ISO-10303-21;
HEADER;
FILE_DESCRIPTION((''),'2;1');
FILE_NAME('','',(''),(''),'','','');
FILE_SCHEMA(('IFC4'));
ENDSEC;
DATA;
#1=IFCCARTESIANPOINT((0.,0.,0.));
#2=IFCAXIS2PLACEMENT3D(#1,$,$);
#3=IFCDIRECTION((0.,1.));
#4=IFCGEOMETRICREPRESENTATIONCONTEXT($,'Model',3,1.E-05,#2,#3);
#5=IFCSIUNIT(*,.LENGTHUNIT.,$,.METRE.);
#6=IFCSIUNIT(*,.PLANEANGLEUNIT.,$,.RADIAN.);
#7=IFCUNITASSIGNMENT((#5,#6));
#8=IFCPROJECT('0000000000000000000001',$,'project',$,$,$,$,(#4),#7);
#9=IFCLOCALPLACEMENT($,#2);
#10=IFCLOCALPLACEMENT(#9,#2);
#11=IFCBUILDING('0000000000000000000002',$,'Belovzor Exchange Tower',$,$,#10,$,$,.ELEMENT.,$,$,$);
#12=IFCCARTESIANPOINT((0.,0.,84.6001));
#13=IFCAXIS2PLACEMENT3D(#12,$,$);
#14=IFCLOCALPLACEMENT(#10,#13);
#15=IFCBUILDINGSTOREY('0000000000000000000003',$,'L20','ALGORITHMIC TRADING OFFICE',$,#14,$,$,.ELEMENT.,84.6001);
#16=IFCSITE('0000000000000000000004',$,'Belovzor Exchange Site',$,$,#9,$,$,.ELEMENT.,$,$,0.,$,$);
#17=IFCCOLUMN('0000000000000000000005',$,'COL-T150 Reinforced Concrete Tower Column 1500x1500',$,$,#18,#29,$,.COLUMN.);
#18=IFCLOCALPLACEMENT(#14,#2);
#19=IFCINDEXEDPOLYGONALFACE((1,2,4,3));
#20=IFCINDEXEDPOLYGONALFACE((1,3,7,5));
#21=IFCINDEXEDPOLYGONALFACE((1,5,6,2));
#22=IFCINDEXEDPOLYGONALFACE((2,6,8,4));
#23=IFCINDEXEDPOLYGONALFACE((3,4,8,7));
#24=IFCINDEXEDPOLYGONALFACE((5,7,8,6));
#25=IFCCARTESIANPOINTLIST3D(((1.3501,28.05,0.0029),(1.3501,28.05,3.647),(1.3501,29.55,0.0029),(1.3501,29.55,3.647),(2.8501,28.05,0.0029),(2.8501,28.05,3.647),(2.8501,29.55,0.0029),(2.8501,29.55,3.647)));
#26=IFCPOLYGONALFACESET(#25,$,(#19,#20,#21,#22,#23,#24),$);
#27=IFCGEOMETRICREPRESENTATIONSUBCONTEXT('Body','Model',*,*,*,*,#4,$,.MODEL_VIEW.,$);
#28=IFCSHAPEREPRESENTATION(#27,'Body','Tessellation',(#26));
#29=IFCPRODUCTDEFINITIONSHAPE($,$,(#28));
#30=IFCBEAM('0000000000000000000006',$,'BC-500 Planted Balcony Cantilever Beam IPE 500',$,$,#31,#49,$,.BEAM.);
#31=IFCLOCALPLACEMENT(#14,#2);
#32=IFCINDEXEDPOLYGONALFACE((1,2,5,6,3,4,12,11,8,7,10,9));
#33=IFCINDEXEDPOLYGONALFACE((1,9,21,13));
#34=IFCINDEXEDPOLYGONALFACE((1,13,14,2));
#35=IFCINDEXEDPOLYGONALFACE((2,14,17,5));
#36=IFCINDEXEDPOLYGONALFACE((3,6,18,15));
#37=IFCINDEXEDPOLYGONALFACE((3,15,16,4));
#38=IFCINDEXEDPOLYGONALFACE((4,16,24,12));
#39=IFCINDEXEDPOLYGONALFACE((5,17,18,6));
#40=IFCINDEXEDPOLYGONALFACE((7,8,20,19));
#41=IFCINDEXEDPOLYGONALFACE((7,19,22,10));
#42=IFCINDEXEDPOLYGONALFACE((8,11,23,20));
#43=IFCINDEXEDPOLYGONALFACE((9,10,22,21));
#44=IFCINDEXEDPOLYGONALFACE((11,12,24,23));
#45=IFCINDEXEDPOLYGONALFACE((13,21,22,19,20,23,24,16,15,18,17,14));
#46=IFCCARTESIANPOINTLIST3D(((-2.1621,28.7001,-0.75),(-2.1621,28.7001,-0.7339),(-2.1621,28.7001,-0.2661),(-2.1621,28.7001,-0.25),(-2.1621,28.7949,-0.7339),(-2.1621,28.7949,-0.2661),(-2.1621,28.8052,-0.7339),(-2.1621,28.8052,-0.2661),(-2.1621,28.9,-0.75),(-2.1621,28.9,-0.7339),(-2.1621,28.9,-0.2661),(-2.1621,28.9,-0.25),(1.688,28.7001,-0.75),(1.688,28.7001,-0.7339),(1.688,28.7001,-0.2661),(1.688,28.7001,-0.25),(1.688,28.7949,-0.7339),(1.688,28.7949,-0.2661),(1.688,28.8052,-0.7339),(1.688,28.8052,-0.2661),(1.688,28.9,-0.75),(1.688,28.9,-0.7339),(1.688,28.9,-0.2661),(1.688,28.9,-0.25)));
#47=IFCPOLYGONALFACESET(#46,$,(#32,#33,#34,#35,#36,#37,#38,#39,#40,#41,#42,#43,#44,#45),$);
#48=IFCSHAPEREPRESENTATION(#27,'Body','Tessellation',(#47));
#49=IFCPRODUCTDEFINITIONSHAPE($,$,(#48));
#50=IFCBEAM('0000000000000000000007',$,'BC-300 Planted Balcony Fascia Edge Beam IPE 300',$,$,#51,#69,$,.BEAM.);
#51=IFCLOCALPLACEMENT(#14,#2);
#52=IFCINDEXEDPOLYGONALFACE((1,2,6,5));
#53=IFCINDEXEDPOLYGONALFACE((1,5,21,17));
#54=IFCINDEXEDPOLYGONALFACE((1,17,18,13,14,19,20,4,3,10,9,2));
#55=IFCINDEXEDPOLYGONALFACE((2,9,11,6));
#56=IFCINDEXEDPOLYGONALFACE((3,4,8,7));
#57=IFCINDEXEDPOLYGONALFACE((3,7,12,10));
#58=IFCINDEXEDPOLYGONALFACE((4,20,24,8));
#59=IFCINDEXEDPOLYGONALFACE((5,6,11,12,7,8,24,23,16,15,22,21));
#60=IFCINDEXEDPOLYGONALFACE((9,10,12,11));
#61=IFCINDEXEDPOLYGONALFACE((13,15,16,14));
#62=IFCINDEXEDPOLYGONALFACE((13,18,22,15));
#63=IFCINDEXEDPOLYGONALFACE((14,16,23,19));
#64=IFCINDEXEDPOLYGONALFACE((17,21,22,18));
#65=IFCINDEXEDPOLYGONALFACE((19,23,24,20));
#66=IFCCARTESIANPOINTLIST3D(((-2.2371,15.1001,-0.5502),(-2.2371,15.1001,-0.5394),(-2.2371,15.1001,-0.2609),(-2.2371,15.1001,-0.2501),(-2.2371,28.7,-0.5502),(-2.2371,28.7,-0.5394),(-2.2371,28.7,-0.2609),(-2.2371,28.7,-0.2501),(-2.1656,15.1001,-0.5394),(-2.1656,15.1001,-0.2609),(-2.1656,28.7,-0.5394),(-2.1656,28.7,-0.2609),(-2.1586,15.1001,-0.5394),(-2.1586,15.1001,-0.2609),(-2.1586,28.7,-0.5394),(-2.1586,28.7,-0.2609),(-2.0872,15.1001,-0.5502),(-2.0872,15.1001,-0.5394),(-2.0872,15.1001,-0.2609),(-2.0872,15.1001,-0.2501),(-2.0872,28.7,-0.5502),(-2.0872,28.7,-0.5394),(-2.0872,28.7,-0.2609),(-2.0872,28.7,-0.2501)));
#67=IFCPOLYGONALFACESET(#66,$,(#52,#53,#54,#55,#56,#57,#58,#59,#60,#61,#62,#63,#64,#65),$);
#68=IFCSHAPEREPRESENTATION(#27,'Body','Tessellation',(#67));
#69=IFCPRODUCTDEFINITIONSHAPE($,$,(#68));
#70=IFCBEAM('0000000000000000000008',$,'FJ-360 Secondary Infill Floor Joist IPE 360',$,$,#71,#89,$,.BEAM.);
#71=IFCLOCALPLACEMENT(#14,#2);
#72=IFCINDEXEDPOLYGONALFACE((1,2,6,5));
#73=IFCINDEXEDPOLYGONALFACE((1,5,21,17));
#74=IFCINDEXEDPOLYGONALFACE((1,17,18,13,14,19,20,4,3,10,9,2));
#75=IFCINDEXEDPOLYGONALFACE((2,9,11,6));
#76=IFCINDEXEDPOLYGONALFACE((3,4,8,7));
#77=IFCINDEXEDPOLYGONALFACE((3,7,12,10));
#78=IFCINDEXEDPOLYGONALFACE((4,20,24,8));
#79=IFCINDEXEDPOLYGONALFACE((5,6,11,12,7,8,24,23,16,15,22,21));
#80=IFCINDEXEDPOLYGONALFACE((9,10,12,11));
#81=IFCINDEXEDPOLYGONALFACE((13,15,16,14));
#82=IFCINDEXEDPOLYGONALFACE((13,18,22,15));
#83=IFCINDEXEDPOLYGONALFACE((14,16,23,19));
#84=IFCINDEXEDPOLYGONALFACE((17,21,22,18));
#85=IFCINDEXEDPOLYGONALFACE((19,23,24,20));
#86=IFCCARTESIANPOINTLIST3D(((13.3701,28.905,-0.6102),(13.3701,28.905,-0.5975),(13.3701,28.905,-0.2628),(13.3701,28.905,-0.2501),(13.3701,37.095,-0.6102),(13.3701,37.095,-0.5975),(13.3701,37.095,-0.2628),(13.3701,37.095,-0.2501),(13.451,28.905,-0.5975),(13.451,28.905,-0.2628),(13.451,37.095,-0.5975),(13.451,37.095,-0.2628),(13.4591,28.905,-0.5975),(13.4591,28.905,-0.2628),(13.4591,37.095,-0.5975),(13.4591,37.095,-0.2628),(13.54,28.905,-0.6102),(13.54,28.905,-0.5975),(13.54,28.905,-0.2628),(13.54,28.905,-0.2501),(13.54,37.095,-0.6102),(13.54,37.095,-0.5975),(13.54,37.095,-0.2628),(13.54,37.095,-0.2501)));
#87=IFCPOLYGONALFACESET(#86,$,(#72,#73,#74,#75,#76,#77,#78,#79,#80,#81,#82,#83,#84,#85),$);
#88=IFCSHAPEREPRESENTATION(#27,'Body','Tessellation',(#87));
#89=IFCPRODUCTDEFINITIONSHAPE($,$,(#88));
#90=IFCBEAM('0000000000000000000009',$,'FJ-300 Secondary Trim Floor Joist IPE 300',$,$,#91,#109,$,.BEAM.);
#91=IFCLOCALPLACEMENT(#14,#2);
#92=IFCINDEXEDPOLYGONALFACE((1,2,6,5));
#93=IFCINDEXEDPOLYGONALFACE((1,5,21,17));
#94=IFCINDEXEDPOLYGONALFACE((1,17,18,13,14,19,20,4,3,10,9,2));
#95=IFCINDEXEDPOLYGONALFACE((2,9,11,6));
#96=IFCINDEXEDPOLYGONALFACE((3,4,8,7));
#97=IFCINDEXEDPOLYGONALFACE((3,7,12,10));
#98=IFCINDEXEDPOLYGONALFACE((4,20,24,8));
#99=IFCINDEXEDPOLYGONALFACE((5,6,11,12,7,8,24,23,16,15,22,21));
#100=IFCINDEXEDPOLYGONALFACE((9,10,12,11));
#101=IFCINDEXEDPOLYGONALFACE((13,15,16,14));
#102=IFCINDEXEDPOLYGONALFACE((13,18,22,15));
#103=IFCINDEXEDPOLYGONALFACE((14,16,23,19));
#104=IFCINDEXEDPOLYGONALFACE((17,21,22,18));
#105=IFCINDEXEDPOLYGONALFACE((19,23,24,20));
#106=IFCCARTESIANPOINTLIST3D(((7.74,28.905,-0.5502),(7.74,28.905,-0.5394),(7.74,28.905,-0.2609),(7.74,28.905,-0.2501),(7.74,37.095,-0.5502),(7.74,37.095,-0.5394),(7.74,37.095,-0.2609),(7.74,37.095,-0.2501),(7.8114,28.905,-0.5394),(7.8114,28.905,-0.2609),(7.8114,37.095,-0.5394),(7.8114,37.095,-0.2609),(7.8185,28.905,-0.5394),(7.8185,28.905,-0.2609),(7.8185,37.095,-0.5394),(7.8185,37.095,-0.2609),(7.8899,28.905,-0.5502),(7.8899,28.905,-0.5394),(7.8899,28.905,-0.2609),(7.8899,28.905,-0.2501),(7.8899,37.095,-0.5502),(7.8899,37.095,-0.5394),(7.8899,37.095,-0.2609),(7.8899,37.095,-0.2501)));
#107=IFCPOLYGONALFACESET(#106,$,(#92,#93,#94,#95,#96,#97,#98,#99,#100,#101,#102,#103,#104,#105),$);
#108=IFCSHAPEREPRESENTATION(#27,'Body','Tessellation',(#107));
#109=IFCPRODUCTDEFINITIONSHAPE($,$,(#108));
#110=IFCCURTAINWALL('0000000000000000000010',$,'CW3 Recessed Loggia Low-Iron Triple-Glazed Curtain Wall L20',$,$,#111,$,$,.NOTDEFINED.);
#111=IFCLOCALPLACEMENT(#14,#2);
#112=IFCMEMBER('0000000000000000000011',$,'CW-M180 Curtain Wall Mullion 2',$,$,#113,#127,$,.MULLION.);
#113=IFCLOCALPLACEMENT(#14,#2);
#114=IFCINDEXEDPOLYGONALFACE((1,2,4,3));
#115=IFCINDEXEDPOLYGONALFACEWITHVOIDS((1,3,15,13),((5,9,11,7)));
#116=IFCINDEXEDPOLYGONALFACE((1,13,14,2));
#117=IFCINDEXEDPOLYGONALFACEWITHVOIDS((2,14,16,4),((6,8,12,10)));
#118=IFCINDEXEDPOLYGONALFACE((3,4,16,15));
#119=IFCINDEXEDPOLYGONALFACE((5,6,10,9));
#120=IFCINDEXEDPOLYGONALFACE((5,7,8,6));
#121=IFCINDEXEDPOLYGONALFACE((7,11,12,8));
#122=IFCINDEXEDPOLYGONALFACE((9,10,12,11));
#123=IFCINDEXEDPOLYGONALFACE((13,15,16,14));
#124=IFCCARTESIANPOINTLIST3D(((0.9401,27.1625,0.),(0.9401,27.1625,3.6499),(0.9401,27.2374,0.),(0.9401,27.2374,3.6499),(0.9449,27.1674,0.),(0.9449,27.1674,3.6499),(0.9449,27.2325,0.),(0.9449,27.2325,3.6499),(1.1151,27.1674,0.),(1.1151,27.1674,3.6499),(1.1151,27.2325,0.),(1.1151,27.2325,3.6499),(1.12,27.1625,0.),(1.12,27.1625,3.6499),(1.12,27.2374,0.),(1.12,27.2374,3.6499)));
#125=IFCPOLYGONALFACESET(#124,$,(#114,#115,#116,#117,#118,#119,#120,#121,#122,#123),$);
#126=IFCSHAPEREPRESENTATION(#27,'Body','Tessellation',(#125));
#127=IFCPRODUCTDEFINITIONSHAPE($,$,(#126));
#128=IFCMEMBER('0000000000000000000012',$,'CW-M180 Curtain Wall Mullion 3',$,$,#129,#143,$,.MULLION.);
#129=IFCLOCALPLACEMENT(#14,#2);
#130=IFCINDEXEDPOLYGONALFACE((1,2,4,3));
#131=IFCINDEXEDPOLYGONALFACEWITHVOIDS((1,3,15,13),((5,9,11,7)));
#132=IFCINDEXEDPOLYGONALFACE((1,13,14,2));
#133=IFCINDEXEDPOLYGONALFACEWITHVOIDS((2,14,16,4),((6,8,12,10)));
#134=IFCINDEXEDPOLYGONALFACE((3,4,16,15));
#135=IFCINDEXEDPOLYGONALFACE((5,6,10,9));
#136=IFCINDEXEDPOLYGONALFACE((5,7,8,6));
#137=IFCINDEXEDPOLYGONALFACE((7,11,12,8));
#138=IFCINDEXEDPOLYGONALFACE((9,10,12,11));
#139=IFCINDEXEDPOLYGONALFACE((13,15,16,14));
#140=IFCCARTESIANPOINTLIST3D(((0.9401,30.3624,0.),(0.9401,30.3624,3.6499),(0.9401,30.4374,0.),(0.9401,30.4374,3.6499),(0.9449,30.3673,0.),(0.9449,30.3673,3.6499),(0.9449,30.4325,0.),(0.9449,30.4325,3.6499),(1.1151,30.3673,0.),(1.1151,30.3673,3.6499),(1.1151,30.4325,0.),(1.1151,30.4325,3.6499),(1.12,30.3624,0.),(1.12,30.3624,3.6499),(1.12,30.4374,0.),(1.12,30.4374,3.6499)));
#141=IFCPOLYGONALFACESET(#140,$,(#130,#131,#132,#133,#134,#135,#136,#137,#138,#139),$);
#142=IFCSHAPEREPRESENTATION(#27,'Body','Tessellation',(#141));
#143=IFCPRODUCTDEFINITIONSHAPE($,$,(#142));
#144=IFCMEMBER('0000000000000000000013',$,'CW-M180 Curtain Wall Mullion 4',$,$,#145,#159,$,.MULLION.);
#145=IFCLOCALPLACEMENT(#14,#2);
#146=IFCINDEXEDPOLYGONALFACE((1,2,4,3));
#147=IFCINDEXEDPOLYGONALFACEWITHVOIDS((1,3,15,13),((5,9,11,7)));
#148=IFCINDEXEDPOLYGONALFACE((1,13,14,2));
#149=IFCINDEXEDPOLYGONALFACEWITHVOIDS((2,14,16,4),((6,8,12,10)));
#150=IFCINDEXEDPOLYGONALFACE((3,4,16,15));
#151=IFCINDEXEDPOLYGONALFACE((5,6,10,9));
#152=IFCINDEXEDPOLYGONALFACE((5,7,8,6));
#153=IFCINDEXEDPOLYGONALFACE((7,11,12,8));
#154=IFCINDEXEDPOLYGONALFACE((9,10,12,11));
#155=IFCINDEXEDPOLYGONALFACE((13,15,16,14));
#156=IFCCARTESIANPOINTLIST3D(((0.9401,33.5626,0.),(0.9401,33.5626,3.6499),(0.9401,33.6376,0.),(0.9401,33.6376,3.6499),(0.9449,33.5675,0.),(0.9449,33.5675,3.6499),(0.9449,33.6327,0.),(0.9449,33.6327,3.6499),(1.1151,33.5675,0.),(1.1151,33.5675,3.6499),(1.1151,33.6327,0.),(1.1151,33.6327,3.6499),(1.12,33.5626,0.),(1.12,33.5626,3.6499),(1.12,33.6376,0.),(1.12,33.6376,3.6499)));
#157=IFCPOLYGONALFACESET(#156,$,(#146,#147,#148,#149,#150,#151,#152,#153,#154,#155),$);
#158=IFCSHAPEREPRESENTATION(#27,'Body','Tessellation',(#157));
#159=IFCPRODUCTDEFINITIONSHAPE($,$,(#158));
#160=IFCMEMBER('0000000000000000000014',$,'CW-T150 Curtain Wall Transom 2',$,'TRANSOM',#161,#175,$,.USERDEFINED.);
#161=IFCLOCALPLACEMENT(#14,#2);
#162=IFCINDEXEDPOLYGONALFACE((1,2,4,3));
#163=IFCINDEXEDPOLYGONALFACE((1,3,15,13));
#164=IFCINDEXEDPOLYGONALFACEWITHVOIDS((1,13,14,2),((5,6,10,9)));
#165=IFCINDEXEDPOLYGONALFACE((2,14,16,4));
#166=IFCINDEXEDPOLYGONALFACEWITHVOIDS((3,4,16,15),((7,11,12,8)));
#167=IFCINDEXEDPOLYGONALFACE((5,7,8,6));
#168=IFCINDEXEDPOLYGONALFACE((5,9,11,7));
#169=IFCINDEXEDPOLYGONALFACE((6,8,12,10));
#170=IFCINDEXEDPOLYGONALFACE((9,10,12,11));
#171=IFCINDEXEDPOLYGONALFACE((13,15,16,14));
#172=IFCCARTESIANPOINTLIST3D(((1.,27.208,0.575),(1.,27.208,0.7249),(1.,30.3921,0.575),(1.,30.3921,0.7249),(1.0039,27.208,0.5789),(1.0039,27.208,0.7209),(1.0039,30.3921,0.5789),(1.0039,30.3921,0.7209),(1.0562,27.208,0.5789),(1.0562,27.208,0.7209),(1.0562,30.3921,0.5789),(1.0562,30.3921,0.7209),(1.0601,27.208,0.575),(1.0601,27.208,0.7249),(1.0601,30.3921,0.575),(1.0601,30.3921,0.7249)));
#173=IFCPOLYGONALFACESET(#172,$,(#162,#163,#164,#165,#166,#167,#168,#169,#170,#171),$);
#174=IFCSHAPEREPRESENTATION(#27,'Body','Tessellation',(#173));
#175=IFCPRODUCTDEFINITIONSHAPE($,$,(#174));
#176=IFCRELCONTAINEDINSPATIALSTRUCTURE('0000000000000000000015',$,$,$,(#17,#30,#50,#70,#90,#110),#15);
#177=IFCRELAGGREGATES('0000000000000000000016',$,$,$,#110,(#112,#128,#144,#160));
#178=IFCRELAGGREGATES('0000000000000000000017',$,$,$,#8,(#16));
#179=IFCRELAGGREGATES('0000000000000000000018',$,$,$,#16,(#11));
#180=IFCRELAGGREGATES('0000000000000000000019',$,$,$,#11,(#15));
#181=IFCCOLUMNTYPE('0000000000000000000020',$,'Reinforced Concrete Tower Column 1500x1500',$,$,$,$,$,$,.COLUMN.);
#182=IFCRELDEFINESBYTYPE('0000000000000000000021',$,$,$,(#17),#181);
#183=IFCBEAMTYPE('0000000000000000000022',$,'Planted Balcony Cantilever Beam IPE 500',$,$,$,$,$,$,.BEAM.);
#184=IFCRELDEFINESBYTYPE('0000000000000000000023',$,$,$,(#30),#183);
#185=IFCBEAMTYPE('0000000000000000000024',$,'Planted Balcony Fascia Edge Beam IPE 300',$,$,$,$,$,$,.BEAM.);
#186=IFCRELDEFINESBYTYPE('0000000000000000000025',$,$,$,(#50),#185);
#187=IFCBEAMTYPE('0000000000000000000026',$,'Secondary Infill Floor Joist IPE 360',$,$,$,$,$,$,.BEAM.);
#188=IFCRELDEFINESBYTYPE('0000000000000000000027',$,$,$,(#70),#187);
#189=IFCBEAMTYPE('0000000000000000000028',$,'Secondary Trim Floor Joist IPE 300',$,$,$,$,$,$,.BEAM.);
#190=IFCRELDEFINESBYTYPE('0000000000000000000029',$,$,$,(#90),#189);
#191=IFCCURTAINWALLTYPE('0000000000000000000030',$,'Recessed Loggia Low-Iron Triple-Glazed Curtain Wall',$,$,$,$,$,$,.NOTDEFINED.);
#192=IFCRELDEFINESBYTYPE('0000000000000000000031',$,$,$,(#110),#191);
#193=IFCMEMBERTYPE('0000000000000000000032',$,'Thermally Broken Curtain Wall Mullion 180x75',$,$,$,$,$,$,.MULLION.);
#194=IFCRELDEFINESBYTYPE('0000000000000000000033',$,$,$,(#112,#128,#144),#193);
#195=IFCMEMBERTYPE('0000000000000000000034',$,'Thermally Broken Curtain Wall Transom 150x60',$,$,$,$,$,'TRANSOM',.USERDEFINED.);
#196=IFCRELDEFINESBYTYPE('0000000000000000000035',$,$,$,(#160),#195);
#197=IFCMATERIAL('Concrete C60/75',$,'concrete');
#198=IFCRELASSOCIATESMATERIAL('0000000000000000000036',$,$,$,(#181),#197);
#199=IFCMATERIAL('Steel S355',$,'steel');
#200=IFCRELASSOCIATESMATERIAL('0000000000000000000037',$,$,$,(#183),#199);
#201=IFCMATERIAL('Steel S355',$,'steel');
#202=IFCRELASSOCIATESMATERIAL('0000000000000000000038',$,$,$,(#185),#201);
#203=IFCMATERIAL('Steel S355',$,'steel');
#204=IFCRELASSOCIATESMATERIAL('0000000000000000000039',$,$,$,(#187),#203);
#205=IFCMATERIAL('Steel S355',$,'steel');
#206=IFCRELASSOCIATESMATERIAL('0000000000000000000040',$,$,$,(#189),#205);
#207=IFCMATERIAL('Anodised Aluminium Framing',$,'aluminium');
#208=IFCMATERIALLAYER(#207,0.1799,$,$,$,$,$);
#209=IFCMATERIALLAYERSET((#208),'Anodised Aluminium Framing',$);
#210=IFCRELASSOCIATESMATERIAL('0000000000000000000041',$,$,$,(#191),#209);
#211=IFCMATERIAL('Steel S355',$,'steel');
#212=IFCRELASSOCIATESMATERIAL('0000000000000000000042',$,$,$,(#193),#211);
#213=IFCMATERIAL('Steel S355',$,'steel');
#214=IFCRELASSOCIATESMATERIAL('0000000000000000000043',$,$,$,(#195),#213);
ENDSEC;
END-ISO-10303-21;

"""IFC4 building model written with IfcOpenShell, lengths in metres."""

from ifc_helpers import new_model, si_unit, direction, frame, origin, origin_2d, place, context, subcontext, project, spatial, rectangle, hollow_rectangle, i_section, extrude, material, layer, layer_set, material_profile, profile_set, type_object, element, aggregate, save


model = new_model("IFC4")

# Units and contexts
model_context = context("Model", 3, precision=1e-05, world=origin(), true_north=direction((0.0, 1.0)))
body_context = subcontext(model_context, "Body", "Model", "MODEL_VIEW")
ifc_project = project(units=[si_unit("LENGTHUNIT", "METRE"), si_unit("PLANEANGLEUNIT", "RADIAN")], contexts=[model_context])

# Site, building, storey
site_placement = place(None, origin())
site = spatial("IfcSite", under=ifc_project, at=site_placement, Name="Belovzor Exchange Site", CompositionType="ELEMENT", RefElevation=0.0)
building_placement = place(site_placement, origin())
building = spatial("IfcBuilding", under=site, at=building_placement, Name="Belovzor Exchange Tower", CompositionType="ELEMENT")
storey_placement = place(building_placement, frame((0.0, 0.0, 84.6001)))
storey = spatial("IfcBuildingStorey", under=building, at=storey_placement, Name="L20", Description="ALGORITHMIC TRADING OFFICE", CompositionType="ELEMENT", Elevation=84.6001)

# Column
ifc_material_1 = material(Name="Concrete C60/75", Category="concrete")
ifc_material_profile_1 = material_profile(ifc_material_1, rectangle(XDim=1.5, YDim=1.5, at=origin_2d()))
ifc_profile_set_1 = profile_set([ifc_material_profile_1], Name="Concrete C60/75")
column_type = type_object("IfcColumnType", Name="Reinforced Concrete Tower Column 1500x1500", PredefinedType="COLUMN", material=ifc_profile_set_1)
column_placement = place(storey_placement, frame((2.1001, 28.8, 0.0029), z_axis=(0.0, 0.0, 1.0), x_axis=(1.0, 0.0, 0.0)))
element("IfcColumn", 1, at=column_placement, inside=storey, type_object=column_type, Name="COL-T150 Reinforced Concrete Tower Column 1500x1500", PredefinedType="COLUMN", context=body_context, shape_type="SweptSolid", body=[
    extrude(rectangle(XDim=1.5, YDim=1.5, at=origin_2d()), origin(), (0.0, 0.0, 1.0), 3.644),
])

# Beams
ifc_material_2 = material(Name="Steel S355", Category="steel")
ifc_material_profile_2 = material_profile(ifc_material_2, i_section(OverallWidth=0.2, OverallDepth=0.5, WebThickness=0.0103, FlangeThickness=0.0161, at=origin_2d()))
ifc_profile_set_2 = profile_set([ifc_material_profile_2], Name="Steel S355")
beam_type_1 = type_object("IfcBeamType", Name="Planted Balcony Cantilever Beam IPE 500", PredefinedType="BEAM", material=ifc_profile_set_2)
beam_1_placement = place(storey_placement, frame((1.688, 28.8, -0.5), z_axis=(-1.0, 0.0, 0.0), x_axis=(0.0, -1.0, 0.0)))
element("IfcBeam", 2, at=beam_1_placement, inside=storey, type_object=beam_type_1, Name="BC-500 Planted Balcony Cantilever Beam IPE 500", PredefinedType="BEAM", context=body_context, shape_type="SweptSolid", body=[
    extrude(i_section(OverallWidth=0.2, OverallDepth=0.5, WebThickness=0.0103, FlangeThickness=0.0161, at=origin_2d()), origin(), (0.0, 0.0, 1.0), 3.8501),
])
ifc_material_3 = material(Name="Steel S355", Category="steel")
ifc_material_profile_3 = material_profile(ifc_material_3, i_section(OverallWidth=0.1499, OverallDepth=0.3, WebThickness=0.0071, FlangeThickness=0.0107, at=origin_2d()))
ifc_profile_set_3 = profile_set([ifc_material_profile_3], Name="Steel S355")
beam_type_2 = type_object("IfcBeamType", Name="Planted Balcony Fascia Edge Beam IPE 300", PredefinedType="BEAM", material=ifc_profile_set_3)
beam_2_placement = place(storey_placement, frame((-2.1621, 28.7, -0.4001), z_axis=(0.0, -1.0, 0.0), x_axis=(1.0, 0.0, 0.0)))
element("IfcBeam", 3, at=beam_2_placement, inside=storey, type_object=beam_type_2, Name="BC-300 Planted Balcony Fascia Edge Beam IPE 300", PredefinedType="BEAM", context=body_context, shape_type="SweptSolid", body=[
    extrude(i_section(OverallWidth=0.1499, OverallDepth=0.3, WebThickness=0.0071, FlangeThickness=0.0107, at=origin_2d()), origin(), (0.0, 0.0, 1.0), 13.5999),
])
ifc_material_4 = material(Name="Steel S355", Category="steel")
ifc_material_profile_4 = material_profile(ifc_material_4, i_section(OverallWidth=0.1699, OverallDepth=0.3601, WebThickness=0.0081, FlangeThickness=0.0127, at=origin_2d()))
ifc_profile_set_4 = profile_set([ifc_material_profile_4], Name="Steel S355")
beam_type_3 = type_object("IfcBeamType", Name="Secondary Infill Floor Joist IPE 360", PredefinedType="BEAM", material=ifc_profile_set_4)
beam_3_placement = place(storey_placement, frame((13.4551, 28.905, -0.4302), z_axis=(0.0, 1.0, 0.0), x_axis=(-1.0, 0.0, 0.0)))
element("IfcBeam", 4, at=beam_3_placement, inside=storey, type_object=beam_type_3, Name="FJ-360 Secondary Infill Floor Joist IPE 360", PredefinedType="BEAM", context=body_context, shape_type="SweptSolid", body=[
    extrude(i_section(OverallWidth=0.1699, OverallDepth=0.3601, WebThickness=0.0081, FlangeThickness=0.0127, at=origin_2d()), origin(), (0.0, 0.0, 1.0), 8.1899),
])
ifc_material_5 = material(Name="Steel S355", Category="steel")
ifc_material_profile_5 = material_profile(ifc_material_5, i_section(OverallWidth=0.1499, OverallDepth=0.3, WebThickness=0.0071, FlangeThickness=0.0107, at=origin_2d()))
ifc_profile_set_5 = profile_set([ifc_material_profile_5], Name="Steel S355")
beam_type_4 = type_object("IfcBeamType", Name="Secondary Trim Floor Joist IPE 300", PredefinedType="BEAM", material=ifc_profile_set_5)
beam_4_placement = place(storey_placement, frame((7.8149, 28.905, -0.4001), z_axis=(0.0, 1.0, 0.0), x_axis=(-1.0, 0.0, 0.0)))
element("IfcBeam", 5, at=beam_4_placement, inside=storey, type_object=beam_type_4, Name="FJ-300 Secondary Trim Floor Joist IPE 300", PredefinedType="BEAM", context=body_context, shape_type="SweptSolid", body=[
    extrude(i_section(OverallWidth=0.1499, OverallDepth=0.3, WebThickness=0.0071, FlangeThickness=0.0107, at=origin_2d()), origin(), (0.0, 0.0, 1.0), 8.1899),
])

# Curtain wall, members
ifc_material_6 = material(Name="Anodised Aluminium Framing", Category="aluminium")
ifc_layer_1 = layer(ifc_material_6, 0.1799)
ifc_layer_set_1 = layer_set([ifc_layer_1], Name="Anodised Aluminium Framing")
curtain_wall_type = type_object("IfcCurtainWallType", Name="Recessed Loggia Low-Iron Triple-Glazed Curtain Wall", PredefinedType="NOTDEFINED", material=ifc_layer_set_1)
curtain_wall_placement = place(storey_placement, origin())
curtain_wall = element("IfcCurtainWall", 6, at=curtain_wall_placement, inside=storey, type_object=curtain_wall_type, Name="CW3 Recessed Loggia Low-Iron Triple-Glazed Curtain Wall L20", PredefinedType="NOTDEFINED")
ifc_material_7 = material(Name="Steel S355", Category="steel")
ifc_material_profile_6 = material_profile(ifc_material_7, hollow_rectangle(XDim=0.075, YDim=0.1799, WallThickness=0.0049, at=origin_2d()))
ifc_profile_set_6 = profile_set([ifc_material_profile_6], Name="Steel S355")
member_type_1 = type_object("IfcMemberType", Name="Thermally Broken Curtain Wall Mullion 180x75", PredefinedType="MULLION", material=ifc_profile_set_6)
member_1_placement = place(storey_placement, frame((1.03, 27.2, 0.0), z_axis=(0.0, 0.0, 1.0), x_axis=(0.0, 1.0, 0.0)))
member_1 = element("IfcMember", 7, at=member_1_placement, type_object=member_type_1, Name="CW-M180 Curtain Wall Mullion 2", PredefinedType="MULLION", context=body_context, shape_type="SweptSolid", body=[
    extrude(hollow_rectangle(XDim=0.075, YDim=0.1799, WallThickness=0.0049, at=origin_2d()), origin(), (0.0, 0.0, 1.0), 3.6499),
])
member_2_placement = place(storey_placement, frame((1.03, 30.3999, 0.0), z_axis=(0.0, 0.0, 1.0), x_axis=(0.0, 1.0, 0.0)))
member_2 = element("IfcMember", 8, at=member_2_placement, type_object=member_type_1, Name="CW-M180 Curtain Wall Mullion 3", PredefinedType="MULLION", context=body_context, shape_type="SweptSolid", body=[
    extrude(hollow_rectangle(XDim=0.075, YDim=0.1799, WallThickness=0.0049, at=origin_2d()), origin(), (0.0, 0.0, 1.0), 3.6499),
])
member_3_placement = place(storey_placement, frame((1.03, 33.6001, 0.0), z_axis=(0.0, 0.0, 1.0), x_axis=(0.0, 1.0, 0.0)))
member_3 = element("IfcMember", 9, at=member_3_placement, type_object=member_type_1, Name="CW-M180 Curtain Wall Mullion 4", PredefinedType="MULLION", context=body_context, shape_type="SweptSolid", body=[
    extrude(hollow_rectangle(XDim=0.075, YDim=0.1799, WallThickness=0.0049, at=origin_2d()), origin(), (0.0, 0.0, 1.0), 3.6499),
])
ifc_material_8 = material(Name="Steel S355", Category="steel")
ifc_material_profile_7 = material_profile(ifc_material_8, hollow_rectangle(XDim=0.0601, YDim=0.1499, WallThickness=0.0039, at=origin_2d()))
ifc_profile_set_7 = profile_set([ifc_material_profile_7], Name="Steel S355")
member_type_2 = type_object("IfcMemberType", Name="Thermally Broken Curtain Wall Transom 150x60", ElementType="TRANSOM", PredefinedType="USERDEFINED", material=ifc_profile_set_7)
member_4_placement = place(storey_placement, frame((1.03, 27.208, 0.6499), z_axis=(0.0, 1.0, 0.0), x_axis=(-1.0, 0.0, 0.0)))
member_4 = element("IfcMember", 10, at=member_4_placement, type_object=member_type_2, Name="CW-T150 Curtain Wall Transom 2", ObjectType="TRANSOM", PredefinedType="USERDEFINED", context=body_context, shape_type="SweptSolid", body=[
    extrude(hollow_rectangle(XDim=0.0601, YDim=0.1499, WallThickness=0.0039, at=origin_2d()), origin(), (0.0, 0.0, 1.0), 3.1841),
])

aggregate(curtain_wall, [member_1, member_2, member_3, member_4])

save(model, "model.ifc")
